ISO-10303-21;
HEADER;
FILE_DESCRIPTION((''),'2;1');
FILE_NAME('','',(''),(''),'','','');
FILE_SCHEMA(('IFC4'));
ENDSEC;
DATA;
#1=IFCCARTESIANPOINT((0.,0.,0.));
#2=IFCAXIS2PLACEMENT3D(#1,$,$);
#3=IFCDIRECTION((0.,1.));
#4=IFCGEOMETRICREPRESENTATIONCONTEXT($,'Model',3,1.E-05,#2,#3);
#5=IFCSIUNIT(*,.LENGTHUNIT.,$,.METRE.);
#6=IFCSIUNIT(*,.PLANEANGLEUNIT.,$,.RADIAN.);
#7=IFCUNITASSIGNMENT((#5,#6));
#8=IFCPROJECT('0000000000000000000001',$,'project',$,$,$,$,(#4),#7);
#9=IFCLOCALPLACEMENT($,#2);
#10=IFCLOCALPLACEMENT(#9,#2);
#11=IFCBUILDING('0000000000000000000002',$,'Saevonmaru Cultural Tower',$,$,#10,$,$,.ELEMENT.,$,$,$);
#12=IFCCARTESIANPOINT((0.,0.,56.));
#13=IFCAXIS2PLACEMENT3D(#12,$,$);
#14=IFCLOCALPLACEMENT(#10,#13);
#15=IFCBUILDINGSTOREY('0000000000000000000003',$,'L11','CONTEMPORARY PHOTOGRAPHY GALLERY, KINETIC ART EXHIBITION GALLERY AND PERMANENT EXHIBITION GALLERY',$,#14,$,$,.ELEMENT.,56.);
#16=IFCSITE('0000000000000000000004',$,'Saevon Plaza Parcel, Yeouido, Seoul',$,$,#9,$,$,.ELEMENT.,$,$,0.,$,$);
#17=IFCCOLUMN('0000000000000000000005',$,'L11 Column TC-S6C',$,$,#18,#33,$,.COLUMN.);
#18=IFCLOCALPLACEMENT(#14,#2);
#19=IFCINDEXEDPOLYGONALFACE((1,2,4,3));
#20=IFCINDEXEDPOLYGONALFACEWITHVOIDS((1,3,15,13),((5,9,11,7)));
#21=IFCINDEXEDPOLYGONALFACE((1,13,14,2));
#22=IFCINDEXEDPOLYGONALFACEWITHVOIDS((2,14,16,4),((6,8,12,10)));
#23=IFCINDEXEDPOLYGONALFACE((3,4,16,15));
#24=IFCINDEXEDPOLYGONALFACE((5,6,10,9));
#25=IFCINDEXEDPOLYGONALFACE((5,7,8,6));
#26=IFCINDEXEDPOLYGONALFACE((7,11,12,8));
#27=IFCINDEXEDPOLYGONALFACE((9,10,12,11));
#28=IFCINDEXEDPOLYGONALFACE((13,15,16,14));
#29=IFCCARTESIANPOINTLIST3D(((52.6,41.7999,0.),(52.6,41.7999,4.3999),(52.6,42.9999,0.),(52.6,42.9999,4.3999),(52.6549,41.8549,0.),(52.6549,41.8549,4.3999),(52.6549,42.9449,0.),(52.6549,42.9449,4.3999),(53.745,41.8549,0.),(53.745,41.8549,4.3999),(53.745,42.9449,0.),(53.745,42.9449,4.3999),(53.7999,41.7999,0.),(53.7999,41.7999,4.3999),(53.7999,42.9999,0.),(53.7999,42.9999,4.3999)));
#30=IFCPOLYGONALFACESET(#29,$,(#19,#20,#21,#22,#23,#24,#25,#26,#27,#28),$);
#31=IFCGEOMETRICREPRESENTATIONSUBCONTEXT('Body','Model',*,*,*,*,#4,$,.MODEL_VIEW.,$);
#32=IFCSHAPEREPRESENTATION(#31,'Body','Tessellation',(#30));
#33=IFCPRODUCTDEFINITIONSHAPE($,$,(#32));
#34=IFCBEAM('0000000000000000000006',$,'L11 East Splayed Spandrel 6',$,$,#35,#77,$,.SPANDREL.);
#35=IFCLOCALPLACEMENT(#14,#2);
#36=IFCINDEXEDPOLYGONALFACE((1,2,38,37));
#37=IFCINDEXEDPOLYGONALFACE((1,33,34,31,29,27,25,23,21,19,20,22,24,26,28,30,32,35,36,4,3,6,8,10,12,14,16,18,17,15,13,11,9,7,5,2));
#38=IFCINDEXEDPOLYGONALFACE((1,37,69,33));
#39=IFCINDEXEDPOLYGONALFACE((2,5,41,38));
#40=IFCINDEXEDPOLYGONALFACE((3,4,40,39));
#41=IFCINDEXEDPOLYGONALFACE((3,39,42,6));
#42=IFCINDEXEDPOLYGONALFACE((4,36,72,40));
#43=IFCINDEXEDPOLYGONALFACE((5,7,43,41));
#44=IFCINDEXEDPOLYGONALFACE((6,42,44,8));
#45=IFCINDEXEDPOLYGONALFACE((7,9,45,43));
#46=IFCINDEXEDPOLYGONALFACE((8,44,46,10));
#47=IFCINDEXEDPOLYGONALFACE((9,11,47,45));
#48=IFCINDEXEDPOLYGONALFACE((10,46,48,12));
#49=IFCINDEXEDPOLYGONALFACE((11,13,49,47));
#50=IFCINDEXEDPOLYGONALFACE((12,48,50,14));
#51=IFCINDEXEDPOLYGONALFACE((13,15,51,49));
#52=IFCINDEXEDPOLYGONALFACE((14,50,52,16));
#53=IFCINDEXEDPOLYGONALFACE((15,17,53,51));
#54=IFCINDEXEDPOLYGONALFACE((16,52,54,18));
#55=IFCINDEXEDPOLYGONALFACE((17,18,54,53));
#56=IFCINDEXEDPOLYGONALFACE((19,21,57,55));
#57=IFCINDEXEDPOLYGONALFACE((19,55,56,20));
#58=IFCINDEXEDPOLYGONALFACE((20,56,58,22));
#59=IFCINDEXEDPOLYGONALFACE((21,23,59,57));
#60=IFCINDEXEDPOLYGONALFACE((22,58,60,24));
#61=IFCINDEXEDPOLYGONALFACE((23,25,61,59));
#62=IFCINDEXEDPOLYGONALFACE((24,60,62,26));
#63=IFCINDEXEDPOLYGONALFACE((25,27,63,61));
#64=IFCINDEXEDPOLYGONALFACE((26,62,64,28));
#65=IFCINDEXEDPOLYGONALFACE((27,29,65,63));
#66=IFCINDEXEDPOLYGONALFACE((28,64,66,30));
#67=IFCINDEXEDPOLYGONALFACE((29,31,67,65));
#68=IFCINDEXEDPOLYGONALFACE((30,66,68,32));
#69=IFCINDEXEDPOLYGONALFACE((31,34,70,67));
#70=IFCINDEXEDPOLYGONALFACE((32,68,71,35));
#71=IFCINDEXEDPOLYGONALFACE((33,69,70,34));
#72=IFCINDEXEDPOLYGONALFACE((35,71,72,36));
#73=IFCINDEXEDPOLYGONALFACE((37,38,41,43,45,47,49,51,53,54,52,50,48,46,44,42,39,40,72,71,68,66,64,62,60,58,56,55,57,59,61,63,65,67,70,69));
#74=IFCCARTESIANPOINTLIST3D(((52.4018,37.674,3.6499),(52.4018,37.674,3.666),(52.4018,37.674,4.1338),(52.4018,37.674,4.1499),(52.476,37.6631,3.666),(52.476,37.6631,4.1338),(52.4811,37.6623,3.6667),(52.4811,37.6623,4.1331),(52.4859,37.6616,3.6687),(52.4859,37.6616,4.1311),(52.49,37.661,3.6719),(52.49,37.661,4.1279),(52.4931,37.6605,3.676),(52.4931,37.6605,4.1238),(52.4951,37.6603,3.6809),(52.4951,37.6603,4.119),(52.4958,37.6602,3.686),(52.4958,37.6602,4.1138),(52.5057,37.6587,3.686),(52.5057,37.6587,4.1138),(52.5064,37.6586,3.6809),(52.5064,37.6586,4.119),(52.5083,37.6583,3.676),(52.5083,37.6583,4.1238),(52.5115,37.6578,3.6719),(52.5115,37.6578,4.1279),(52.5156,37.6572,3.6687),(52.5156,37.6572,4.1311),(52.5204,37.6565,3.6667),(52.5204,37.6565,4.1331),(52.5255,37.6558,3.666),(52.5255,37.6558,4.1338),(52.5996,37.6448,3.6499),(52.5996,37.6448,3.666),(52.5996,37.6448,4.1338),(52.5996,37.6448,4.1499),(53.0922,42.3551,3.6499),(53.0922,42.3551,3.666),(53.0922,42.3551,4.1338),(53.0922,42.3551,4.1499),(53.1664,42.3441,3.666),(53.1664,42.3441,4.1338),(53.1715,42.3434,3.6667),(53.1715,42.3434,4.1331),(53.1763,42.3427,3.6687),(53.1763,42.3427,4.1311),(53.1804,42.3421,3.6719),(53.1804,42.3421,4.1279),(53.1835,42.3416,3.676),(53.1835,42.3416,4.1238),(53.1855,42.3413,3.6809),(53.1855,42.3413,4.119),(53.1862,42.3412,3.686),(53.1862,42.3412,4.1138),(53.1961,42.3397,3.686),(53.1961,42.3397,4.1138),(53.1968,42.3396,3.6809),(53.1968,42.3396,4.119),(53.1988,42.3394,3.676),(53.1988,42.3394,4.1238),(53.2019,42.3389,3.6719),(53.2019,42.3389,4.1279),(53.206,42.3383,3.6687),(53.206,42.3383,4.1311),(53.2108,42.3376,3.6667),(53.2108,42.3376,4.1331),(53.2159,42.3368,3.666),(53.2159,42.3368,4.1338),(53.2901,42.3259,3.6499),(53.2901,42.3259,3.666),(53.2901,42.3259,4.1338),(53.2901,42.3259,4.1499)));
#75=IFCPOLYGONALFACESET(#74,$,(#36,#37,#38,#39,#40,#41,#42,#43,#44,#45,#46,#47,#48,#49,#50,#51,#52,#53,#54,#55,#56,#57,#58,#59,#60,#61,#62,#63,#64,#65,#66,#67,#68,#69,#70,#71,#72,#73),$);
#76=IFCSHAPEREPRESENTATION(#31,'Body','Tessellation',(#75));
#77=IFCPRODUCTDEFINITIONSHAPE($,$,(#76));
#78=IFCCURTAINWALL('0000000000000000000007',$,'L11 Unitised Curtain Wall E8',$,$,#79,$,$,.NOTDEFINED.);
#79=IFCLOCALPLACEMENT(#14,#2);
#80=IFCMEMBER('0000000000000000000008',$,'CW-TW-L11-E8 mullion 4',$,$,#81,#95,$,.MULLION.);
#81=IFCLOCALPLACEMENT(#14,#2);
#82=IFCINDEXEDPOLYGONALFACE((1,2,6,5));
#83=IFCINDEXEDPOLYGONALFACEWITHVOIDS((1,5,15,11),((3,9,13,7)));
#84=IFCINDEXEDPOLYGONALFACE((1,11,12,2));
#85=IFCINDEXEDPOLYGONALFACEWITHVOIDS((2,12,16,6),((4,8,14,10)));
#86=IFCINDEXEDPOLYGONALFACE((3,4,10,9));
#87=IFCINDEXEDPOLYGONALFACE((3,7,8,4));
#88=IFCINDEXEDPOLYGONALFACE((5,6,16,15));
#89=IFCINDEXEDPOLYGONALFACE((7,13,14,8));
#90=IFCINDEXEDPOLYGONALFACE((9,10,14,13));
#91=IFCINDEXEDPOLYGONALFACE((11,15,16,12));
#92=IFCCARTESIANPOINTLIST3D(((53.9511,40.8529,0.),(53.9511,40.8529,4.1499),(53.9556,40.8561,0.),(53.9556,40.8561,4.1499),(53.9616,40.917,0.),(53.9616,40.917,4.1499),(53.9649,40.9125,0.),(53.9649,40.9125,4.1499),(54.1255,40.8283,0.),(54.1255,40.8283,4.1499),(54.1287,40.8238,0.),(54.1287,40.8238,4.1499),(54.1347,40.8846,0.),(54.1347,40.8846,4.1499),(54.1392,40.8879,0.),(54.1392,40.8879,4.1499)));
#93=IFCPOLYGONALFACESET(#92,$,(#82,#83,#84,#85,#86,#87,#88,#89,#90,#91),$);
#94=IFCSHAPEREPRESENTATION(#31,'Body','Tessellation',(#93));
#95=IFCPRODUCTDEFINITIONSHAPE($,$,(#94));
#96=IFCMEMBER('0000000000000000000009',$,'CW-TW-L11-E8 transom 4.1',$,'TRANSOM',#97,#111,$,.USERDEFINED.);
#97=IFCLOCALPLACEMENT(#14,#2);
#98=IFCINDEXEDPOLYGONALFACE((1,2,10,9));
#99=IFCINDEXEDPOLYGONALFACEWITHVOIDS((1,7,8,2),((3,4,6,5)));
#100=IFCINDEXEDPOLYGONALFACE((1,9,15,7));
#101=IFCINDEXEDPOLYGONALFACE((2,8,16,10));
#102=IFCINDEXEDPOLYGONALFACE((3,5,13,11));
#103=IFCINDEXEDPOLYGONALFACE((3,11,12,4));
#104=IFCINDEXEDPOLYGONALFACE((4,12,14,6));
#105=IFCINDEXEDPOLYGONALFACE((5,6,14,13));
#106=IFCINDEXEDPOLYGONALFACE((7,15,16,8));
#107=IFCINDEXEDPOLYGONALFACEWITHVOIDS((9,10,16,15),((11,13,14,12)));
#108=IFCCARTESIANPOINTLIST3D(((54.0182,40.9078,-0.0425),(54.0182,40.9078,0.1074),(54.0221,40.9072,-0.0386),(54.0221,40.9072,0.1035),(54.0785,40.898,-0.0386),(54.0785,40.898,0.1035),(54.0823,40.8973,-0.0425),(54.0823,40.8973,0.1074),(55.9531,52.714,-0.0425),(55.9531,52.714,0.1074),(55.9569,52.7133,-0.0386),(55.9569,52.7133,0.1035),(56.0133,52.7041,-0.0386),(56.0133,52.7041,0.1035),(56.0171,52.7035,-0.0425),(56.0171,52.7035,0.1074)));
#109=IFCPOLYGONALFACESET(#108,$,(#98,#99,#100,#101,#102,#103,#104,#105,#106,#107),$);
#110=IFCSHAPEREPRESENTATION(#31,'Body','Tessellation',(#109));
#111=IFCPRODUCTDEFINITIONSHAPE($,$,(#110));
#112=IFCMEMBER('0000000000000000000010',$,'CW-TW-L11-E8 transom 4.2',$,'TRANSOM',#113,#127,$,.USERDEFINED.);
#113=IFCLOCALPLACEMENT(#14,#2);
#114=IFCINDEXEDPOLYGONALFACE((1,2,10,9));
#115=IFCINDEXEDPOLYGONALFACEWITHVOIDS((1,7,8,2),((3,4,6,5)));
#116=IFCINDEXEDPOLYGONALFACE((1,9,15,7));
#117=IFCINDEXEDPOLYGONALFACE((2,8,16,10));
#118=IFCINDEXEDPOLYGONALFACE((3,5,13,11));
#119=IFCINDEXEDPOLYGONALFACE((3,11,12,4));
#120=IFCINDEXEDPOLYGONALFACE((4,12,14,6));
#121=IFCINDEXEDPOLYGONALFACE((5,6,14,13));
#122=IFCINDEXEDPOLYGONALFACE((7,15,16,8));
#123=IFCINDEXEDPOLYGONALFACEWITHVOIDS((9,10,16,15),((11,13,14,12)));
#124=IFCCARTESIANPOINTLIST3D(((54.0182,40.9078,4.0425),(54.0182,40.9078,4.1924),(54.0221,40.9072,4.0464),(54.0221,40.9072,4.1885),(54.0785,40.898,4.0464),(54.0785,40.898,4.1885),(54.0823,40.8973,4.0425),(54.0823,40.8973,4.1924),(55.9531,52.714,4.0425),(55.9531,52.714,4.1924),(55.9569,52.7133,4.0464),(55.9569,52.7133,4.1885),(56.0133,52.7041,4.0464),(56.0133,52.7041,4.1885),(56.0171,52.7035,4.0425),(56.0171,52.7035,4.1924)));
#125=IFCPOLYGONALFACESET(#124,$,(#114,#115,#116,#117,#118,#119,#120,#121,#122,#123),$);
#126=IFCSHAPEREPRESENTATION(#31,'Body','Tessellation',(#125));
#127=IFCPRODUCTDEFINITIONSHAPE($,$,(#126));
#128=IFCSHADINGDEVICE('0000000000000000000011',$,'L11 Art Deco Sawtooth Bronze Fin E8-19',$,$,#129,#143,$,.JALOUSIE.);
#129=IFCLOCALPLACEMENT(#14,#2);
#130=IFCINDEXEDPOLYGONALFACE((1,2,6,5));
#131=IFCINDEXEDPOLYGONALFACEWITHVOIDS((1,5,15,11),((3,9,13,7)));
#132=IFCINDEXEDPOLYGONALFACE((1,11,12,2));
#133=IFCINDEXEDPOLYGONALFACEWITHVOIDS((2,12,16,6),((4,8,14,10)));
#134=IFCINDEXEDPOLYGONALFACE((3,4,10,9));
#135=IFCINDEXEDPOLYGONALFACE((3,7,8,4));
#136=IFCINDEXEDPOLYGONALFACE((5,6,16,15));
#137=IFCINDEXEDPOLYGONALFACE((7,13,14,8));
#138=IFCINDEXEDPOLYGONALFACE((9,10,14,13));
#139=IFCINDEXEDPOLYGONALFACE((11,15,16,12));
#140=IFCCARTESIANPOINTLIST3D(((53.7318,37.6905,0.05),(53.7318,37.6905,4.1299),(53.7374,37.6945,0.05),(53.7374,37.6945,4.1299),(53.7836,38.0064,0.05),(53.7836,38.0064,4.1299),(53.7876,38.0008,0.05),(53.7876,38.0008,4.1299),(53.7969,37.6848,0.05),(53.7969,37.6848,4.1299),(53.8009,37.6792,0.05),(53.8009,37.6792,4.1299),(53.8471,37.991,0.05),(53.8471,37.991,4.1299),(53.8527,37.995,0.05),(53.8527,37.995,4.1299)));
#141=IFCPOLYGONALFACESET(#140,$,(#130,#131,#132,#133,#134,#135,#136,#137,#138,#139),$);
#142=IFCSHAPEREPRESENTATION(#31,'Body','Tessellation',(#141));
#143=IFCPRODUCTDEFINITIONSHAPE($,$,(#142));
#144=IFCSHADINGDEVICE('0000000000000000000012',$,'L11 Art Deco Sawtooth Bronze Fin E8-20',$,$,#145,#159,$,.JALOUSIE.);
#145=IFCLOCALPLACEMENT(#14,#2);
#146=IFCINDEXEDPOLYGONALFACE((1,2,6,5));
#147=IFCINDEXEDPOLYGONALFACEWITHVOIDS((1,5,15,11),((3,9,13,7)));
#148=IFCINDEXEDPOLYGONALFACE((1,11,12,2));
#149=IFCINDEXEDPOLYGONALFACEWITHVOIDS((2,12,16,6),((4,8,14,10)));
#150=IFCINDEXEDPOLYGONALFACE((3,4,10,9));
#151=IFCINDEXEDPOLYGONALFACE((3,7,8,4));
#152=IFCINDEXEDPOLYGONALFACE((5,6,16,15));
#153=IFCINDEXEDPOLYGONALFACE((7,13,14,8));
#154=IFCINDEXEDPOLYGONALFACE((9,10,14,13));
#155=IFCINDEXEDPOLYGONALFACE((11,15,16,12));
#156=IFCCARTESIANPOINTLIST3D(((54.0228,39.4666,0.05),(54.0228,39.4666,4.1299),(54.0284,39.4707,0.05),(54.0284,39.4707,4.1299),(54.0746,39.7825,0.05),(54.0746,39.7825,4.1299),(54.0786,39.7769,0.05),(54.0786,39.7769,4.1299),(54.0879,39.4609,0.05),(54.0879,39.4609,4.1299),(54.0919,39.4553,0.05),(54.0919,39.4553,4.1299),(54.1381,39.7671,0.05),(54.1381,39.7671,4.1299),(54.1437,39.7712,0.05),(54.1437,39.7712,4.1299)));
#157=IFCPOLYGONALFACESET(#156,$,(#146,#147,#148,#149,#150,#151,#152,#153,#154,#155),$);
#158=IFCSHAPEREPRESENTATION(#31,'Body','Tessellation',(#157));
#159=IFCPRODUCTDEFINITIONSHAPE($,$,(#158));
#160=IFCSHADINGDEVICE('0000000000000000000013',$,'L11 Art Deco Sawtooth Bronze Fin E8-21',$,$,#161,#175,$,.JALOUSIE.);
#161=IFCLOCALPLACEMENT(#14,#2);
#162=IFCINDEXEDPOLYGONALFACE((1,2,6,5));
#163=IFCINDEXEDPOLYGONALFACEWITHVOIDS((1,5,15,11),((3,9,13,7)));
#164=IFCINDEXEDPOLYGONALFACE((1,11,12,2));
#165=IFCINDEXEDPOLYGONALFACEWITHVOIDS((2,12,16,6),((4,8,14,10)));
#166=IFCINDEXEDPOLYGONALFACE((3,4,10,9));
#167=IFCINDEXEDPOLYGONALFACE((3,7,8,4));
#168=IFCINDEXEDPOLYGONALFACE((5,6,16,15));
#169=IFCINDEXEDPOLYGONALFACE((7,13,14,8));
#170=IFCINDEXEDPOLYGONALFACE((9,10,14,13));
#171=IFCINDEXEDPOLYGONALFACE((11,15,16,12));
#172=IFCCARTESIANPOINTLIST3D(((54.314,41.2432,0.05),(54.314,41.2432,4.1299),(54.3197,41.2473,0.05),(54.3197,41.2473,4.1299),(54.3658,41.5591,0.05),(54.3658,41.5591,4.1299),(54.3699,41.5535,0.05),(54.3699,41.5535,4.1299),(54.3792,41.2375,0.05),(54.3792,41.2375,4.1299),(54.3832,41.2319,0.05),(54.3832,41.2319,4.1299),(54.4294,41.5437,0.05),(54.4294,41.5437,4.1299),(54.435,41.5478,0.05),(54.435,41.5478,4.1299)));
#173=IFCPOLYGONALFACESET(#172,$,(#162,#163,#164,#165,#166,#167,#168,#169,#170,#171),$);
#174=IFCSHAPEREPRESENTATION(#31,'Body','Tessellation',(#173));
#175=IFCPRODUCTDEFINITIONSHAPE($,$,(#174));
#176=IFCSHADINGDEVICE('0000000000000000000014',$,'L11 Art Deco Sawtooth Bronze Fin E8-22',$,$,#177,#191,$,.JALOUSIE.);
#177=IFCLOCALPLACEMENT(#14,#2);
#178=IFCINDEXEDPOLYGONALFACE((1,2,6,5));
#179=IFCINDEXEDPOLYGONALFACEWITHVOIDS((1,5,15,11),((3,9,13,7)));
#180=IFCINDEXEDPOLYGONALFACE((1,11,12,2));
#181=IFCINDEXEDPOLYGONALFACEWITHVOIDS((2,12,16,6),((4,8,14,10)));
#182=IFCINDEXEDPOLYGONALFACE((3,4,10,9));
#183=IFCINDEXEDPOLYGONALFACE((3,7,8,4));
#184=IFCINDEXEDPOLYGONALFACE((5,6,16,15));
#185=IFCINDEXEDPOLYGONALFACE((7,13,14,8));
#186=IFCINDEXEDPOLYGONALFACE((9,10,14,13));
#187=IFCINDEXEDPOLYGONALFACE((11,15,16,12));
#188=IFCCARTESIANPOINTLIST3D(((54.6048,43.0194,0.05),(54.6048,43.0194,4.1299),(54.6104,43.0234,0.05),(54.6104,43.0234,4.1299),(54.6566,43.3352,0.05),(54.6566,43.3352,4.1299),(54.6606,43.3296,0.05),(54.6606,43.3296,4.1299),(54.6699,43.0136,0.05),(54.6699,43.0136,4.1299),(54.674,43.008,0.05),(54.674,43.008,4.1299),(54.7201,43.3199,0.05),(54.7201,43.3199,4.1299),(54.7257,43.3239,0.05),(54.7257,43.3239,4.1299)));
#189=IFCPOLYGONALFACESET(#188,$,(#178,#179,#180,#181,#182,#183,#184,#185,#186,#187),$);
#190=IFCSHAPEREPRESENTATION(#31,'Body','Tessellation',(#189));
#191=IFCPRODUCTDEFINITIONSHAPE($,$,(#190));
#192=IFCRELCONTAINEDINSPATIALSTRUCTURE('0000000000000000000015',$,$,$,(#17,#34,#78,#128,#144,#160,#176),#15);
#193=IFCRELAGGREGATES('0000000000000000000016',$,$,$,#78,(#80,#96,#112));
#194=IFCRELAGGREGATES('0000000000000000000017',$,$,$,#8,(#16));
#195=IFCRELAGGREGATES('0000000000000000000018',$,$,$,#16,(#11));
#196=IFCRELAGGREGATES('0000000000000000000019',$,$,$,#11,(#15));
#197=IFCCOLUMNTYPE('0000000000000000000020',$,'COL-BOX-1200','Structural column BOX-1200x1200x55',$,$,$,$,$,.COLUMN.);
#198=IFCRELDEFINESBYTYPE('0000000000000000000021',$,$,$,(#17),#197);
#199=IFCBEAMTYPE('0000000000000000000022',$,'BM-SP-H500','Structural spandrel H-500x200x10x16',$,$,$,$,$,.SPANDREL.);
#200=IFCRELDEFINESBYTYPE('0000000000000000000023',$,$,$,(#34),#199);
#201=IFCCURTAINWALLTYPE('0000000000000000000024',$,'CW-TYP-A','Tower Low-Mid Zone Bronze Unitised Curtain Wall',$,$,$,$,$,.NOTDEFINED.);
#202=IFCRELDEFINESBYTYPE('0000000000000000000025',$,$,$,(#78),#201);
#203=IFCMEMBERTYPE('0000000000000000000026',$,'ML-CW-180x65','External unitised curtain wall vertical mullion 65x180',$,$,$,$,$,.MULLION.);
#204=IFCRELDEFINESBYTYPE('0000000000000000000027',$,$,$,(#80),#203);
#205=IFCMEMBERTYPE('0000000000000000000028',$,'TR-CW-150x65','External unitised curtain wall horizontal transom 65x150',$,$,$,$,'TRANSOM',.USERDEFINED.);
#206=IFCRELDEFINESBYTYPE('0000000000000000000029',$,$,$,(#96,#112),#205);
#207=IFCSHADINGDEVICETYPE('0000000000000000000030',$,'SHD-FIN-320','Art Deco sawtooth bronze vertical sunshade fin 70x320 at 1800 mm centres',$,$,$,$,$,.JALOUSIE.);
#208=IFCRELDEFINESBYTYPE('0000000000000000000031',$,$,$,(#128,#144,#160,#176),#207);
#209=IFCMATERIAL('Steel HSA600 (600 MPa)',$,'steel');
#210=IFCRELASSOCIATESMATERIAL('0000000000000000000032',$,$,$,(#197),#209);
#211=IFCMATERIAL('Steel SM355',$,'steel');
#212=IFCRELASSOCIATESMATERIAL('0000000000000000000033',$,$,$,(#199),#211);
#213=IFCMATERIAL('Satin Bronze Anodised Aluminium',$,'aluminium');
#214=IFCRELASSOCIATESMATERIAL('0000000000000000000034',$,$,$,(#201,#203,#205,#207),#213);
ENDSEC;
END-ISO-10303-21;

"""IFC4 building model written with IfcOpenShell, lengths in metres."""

from ifc_helpers import new_model, si_unit, direction, frame, origin, origin_2d, place, context, subcontext, project, spatial, hollow_rectangle, i_section, extrude, material, material_profile, profile_set, type_object, element, aggregate, save


model = new_model("IFC4")

# Units and contexts
model_context = context("Model", 3, precision=1e-05, world=origin(), true_north=direction((0.0, 1.0)))
body_context = subcontext(model_context, "Body", "Model", "MODEL_VIEW")
ifc_project = project(units=[si_unit("LENGTHUNIT", "METRE"), si_unit("PLANEANGLEUNIT", "RADIAN")], contexts=[model_context])

# Site, building, storey
site_placement = place(None, origin())
site = spatial("IfcSite", under=ifc_project, at=site_placement, Name="Saevon Plaza Parcel, Yeouido, Seoul", CompositionType="ELEMENT", RefElevation=0.0)
building_placement = place(site_placement, origin())
building = spatial("IfcBuilding", under=site, at=building_placement, Name="Saevonmaru Cultural Tower", CompositionType="ELEMENT")
storey_placement = place(building_placement, frame((0.0, 0.0, 56.0)))
storey = spatial("IfcBuildingStorey", under=building, at=storey_placement, Name="L11", Description="CONTEMPORARY PHOTOGRAPHY GALLERY, KINETIC ART EXHIBITION GALLERY AND PERMANENT EXHIBITION GALLERY", CompositionType="ELEMENT", Elevation=56.0)

# Column
ifc_material_1 = material(Name="Steel HSA600 (600 MPa)", Category="steel")
ifc_material_profile_1 = material_profile(ifc_material_1, hollow_rectangle(XDim=1.2, YDim=1.2, WallThickness=0.0549, at=origin_2d()), Name="BOX-1200x1200x55")
ifc_profile_set_1 = profile_set([ifc_material_profile_1], Name="Steel HSA600 (600 MPa)")
column_type = type_object("IfcColumnType", Name="COL-BOX-1200", Description="Structural column BOX-1200x1200x55", PredefinedType="COLUMN", material=ifc_profile_set_1)
column_placement = place(storey_placement, frame((53.2, 42.3999, 0.0), z_axis=(0.0, 0.0, 1.0), x_axis=(1.0, 0.0, 0.0)))
element("IfcColumn", 1, at=column_placement, inside=storey, type_object=column_type, Name="L11 Column TC-S6C", PredefinedType="COLUMN", context=body_context, shape_type="SweptSolid", body=[
    extrude(hollow_rectangle(XDim=1.2, YDim=1.2, WallThickness=0.0549, at=origin_2d()), origin(), (0.0, 0.0, 1.0), 4.3999),
])

# Beam
ifc_material_2 = material(Name="Steel SM355", Category="steel")
ifc_material_profile_2 = material_profile(ifc_material_2, i_section(OverallWidth=0.2, OverallDepth=0.5, WebThickness=0.01, FlangeThickness=0.0161, FilletRadius=0.02, at=origin_2d()), Name="H-500x200x10x16")
ifc_profile_set_2 = profile_set([ifc_material_profile_2], Name="Steel SM355")
beam_type = type_object("IfcBeamType", Name="BM-SP-H500", Description="Structural spandrel H-500x200x10x16", PredefinedType="SPANDREL", material=ifc_profile_set_2)
beam_placement = place(storey_placement, frame((52.5007, 37.6594, 3.8999), z_axis=(0.145913, 0.989297, 0.0), x_axis=(-0.989297, 0.145913, 0.0)))
element("IfcBeam", 2, at=beam_placement, inside=storey, type_object=beam_type, Name="L11 East Splayed Spandrel 6", PredefinedType="SPANDREL", context=body_context, shape_type="SweptSolid", body=[
    extrude(i_section(OverallWidth=0.2, OverallDepth=0.5, WebThickness=0.01, FlangeThickness=0.0161, FilletRadius=0.02, at=origin_2d()), origin(), (0.0, 0.0, 1.0), 4.7317),
])

# Curtain wall, members
ifc_material_3 = material(Name="Satin Bronze Anodised Aluminium", Category="aluminium")
curtain_wall_type = type_object("IfcCurtainWallType", Name="CW-TYP-A", Description="Tower Low-Mid Zone Bronze Unitised Curtain Wall", PredefinedType="NOTDEFINED", material=ifc_material_3)
curtain_wall_placement = place(storey_placement, origin())
curtain_wall = element("IfcCurtainWall", 3, at=curtain_wall_placement, inside=storey, type_object=curtain_wall_type, Name="L11 Unitised Curtain Wall E8", PredefinedType="NOTDEFINED")
ifc_material_profile_3 = material_profile(ifc_material_3, hollow_rectangle(XDim=0.0649, YDim=0.1799, WallThickness=0.0039, at=origin_2d()), Name="ALU-MULL-180x65x4")
ifc_profile_set_3 = profile_set([ifc_material_profile_3], Name="Satin Bronze Anodised Aluminium")
member_type_1 = type_object("IfcMemberType", Name="ML-CW-180x65", Description="External unitised curtain wall vertical mullion 65x180", PredefinedType="MULLION", material=ifc_profile_set_3)
member_1_placement = place(storey_placement, frame((54.0452, 40.8704, 0.0), z_axis=(0.0, 0.0, 1.0), x_axis=(0.161709, 0.986839, 0.0)))
member_1 = element("IfcMember", 4, at=member_1_placement, type_object=member_type_1, Name="CW-TW-L11-E8 mullion 4", PredefinedType="MULLION", context=body_context, shape_type="SweptSolid", body=[
    extrude(hollow_rectangle(XDim=0.0649, YDim=0.1799, WallThickness=0.0039, at=origin_2d()), origin(), (0.0, 0.0, 1.0), 4.1499),
])
ifc_material_profile_4 = material_profile(ifc_material_3, hollow_rectangle(XDim=0.0649, YDim=0.1499, WallThickness=0.0039, at=origin_2d()), Name="ALU-TRAN-150x65x4")
ifc_profile_set_4 = profile_set([ifc_material_profile_4], Name="Satin Bronze Anodised Aluminium")
member_type_2 = type_object("IfcMemberType", Name="TR-CW-150x65", Description="External unitised curtain wall horizontal transom 65x150", ElementType="TRANSOM", PredefinedType="USERDEFINED", material=ifc_profile_set_4)
member_2_placement = place(storey_placement, frame((54.0503, 40.9026, 0.0325), z_axis=(0.161725, 0.986836, 0.0), x_axis=(-0.986836, 0.161725, 0.0)))
member_2 = element("IfcMember", 5, at=member_2_placement, type_object=member_type_2, Name="CW-TW-L11-E8 transom 4.1", ObjectType="TRANSOM", PredefinedType="USERDEFINED", context=body_context, shape_type="SweptSolid", body=[
    extrude(hollow_rectangle(XDim=0.0649, YDim=0.1499, WallThickness=0.0039, at=origin_2d()), origin(), (0.0, 0.0, 1.0), 11.9636),
])
member_3_placement = place(storey_placement, frame((54.0503, 40.9026, 4.1174), z_axis=(0.161725, 0.986836, 0.0), x_axis=(-0.986836, 0.161725, 0.0)))
member_3 = element("IfcMember", 6, at=member_3_placement, type_object=member_type_2, Name="CW-TW-L11-E8 transom 4.2", ObjectType="TRANSOM", PredefinedType="USERDEFINED", context=body_context, shape_type="SweptSolid", body=[
    extrude(hollow_rectangle(XDim=0.0649, YDim=0.1499, WallThickness=0.0039, at=origin_2d()), origin(), (0.0, 0.0, 1.0), 11.9636),
])
aggregate(curtain_wall, [member_1, member_2, member_3])

# Shading devices
ifc_material_profile_5 = material_profile(ifc_material_3, hollow_rectangle(XDim=0.0701, YDim=0.3201, WallThickness=0.0049, at=origin_2d()), Name="FIN-320x70")
ifc_profile_set_5 = profile_set([ifc_material_profile_5], Name="Satin Bronze Anodised Aluminium")
shading_device_type = type_object("IfcShadingDeviceType", Name="SHD-FIN-320", Description="Art Deco sawtooth bronze vertical sunshade fin 70x320 at 1800 mm centres", PredefinedType="JALOUSIE", material=ifc_profile_set_5)
for number, where, z_axis, x_axis, name in (
    (7, (53.7922, 37.8428, 0.05), (0.0, 0.0, 1.0), (0.986827, -0.161776, 0.0), "L11 Art Deco Sawtooth Bronze Fin E8-19"),
    (8, (54.0833, 39.6189, 0.05), (0.0, 0.0, 1.0), (0.986827, -0.161776, 0.0), "L11 Art Deco Sawtooth Bronze Fin E8-20"),
    (9, (54.3745, 41.3955, 0.05), (0.0, 0.0, 1.0), (0.986827, -0.161776, 0.0), "L11 Art Deco Sawtooth Bronze Fin E8-21"),
    (10, (54.6653, 43.1716, 0.05), (0.0, 0.0, 1.0), (0.986827, -0.161776, 0.0), "L11 Art Deco Sawtooth Bronze Fin E8-22"),
):
    element("IfcShadingDevice", number, at=place(storey_placement, frame(where, z_axis=z_axis, x_axis=x_axis)), inside=storey, type_object=shading_device_type, Name=name, PredefinedType="JALOUSIE", context=body_context, shape_type="SweptSolid", body=[
        extrude(hollow_rectangle(XDim=0.0701, YDim=0.3201, WallThickness=0.0049, at=origin_2d()), origin(), (0.0, 0.0, 1.0), 4.0798),
    ])

save(model, "model.ifc")
